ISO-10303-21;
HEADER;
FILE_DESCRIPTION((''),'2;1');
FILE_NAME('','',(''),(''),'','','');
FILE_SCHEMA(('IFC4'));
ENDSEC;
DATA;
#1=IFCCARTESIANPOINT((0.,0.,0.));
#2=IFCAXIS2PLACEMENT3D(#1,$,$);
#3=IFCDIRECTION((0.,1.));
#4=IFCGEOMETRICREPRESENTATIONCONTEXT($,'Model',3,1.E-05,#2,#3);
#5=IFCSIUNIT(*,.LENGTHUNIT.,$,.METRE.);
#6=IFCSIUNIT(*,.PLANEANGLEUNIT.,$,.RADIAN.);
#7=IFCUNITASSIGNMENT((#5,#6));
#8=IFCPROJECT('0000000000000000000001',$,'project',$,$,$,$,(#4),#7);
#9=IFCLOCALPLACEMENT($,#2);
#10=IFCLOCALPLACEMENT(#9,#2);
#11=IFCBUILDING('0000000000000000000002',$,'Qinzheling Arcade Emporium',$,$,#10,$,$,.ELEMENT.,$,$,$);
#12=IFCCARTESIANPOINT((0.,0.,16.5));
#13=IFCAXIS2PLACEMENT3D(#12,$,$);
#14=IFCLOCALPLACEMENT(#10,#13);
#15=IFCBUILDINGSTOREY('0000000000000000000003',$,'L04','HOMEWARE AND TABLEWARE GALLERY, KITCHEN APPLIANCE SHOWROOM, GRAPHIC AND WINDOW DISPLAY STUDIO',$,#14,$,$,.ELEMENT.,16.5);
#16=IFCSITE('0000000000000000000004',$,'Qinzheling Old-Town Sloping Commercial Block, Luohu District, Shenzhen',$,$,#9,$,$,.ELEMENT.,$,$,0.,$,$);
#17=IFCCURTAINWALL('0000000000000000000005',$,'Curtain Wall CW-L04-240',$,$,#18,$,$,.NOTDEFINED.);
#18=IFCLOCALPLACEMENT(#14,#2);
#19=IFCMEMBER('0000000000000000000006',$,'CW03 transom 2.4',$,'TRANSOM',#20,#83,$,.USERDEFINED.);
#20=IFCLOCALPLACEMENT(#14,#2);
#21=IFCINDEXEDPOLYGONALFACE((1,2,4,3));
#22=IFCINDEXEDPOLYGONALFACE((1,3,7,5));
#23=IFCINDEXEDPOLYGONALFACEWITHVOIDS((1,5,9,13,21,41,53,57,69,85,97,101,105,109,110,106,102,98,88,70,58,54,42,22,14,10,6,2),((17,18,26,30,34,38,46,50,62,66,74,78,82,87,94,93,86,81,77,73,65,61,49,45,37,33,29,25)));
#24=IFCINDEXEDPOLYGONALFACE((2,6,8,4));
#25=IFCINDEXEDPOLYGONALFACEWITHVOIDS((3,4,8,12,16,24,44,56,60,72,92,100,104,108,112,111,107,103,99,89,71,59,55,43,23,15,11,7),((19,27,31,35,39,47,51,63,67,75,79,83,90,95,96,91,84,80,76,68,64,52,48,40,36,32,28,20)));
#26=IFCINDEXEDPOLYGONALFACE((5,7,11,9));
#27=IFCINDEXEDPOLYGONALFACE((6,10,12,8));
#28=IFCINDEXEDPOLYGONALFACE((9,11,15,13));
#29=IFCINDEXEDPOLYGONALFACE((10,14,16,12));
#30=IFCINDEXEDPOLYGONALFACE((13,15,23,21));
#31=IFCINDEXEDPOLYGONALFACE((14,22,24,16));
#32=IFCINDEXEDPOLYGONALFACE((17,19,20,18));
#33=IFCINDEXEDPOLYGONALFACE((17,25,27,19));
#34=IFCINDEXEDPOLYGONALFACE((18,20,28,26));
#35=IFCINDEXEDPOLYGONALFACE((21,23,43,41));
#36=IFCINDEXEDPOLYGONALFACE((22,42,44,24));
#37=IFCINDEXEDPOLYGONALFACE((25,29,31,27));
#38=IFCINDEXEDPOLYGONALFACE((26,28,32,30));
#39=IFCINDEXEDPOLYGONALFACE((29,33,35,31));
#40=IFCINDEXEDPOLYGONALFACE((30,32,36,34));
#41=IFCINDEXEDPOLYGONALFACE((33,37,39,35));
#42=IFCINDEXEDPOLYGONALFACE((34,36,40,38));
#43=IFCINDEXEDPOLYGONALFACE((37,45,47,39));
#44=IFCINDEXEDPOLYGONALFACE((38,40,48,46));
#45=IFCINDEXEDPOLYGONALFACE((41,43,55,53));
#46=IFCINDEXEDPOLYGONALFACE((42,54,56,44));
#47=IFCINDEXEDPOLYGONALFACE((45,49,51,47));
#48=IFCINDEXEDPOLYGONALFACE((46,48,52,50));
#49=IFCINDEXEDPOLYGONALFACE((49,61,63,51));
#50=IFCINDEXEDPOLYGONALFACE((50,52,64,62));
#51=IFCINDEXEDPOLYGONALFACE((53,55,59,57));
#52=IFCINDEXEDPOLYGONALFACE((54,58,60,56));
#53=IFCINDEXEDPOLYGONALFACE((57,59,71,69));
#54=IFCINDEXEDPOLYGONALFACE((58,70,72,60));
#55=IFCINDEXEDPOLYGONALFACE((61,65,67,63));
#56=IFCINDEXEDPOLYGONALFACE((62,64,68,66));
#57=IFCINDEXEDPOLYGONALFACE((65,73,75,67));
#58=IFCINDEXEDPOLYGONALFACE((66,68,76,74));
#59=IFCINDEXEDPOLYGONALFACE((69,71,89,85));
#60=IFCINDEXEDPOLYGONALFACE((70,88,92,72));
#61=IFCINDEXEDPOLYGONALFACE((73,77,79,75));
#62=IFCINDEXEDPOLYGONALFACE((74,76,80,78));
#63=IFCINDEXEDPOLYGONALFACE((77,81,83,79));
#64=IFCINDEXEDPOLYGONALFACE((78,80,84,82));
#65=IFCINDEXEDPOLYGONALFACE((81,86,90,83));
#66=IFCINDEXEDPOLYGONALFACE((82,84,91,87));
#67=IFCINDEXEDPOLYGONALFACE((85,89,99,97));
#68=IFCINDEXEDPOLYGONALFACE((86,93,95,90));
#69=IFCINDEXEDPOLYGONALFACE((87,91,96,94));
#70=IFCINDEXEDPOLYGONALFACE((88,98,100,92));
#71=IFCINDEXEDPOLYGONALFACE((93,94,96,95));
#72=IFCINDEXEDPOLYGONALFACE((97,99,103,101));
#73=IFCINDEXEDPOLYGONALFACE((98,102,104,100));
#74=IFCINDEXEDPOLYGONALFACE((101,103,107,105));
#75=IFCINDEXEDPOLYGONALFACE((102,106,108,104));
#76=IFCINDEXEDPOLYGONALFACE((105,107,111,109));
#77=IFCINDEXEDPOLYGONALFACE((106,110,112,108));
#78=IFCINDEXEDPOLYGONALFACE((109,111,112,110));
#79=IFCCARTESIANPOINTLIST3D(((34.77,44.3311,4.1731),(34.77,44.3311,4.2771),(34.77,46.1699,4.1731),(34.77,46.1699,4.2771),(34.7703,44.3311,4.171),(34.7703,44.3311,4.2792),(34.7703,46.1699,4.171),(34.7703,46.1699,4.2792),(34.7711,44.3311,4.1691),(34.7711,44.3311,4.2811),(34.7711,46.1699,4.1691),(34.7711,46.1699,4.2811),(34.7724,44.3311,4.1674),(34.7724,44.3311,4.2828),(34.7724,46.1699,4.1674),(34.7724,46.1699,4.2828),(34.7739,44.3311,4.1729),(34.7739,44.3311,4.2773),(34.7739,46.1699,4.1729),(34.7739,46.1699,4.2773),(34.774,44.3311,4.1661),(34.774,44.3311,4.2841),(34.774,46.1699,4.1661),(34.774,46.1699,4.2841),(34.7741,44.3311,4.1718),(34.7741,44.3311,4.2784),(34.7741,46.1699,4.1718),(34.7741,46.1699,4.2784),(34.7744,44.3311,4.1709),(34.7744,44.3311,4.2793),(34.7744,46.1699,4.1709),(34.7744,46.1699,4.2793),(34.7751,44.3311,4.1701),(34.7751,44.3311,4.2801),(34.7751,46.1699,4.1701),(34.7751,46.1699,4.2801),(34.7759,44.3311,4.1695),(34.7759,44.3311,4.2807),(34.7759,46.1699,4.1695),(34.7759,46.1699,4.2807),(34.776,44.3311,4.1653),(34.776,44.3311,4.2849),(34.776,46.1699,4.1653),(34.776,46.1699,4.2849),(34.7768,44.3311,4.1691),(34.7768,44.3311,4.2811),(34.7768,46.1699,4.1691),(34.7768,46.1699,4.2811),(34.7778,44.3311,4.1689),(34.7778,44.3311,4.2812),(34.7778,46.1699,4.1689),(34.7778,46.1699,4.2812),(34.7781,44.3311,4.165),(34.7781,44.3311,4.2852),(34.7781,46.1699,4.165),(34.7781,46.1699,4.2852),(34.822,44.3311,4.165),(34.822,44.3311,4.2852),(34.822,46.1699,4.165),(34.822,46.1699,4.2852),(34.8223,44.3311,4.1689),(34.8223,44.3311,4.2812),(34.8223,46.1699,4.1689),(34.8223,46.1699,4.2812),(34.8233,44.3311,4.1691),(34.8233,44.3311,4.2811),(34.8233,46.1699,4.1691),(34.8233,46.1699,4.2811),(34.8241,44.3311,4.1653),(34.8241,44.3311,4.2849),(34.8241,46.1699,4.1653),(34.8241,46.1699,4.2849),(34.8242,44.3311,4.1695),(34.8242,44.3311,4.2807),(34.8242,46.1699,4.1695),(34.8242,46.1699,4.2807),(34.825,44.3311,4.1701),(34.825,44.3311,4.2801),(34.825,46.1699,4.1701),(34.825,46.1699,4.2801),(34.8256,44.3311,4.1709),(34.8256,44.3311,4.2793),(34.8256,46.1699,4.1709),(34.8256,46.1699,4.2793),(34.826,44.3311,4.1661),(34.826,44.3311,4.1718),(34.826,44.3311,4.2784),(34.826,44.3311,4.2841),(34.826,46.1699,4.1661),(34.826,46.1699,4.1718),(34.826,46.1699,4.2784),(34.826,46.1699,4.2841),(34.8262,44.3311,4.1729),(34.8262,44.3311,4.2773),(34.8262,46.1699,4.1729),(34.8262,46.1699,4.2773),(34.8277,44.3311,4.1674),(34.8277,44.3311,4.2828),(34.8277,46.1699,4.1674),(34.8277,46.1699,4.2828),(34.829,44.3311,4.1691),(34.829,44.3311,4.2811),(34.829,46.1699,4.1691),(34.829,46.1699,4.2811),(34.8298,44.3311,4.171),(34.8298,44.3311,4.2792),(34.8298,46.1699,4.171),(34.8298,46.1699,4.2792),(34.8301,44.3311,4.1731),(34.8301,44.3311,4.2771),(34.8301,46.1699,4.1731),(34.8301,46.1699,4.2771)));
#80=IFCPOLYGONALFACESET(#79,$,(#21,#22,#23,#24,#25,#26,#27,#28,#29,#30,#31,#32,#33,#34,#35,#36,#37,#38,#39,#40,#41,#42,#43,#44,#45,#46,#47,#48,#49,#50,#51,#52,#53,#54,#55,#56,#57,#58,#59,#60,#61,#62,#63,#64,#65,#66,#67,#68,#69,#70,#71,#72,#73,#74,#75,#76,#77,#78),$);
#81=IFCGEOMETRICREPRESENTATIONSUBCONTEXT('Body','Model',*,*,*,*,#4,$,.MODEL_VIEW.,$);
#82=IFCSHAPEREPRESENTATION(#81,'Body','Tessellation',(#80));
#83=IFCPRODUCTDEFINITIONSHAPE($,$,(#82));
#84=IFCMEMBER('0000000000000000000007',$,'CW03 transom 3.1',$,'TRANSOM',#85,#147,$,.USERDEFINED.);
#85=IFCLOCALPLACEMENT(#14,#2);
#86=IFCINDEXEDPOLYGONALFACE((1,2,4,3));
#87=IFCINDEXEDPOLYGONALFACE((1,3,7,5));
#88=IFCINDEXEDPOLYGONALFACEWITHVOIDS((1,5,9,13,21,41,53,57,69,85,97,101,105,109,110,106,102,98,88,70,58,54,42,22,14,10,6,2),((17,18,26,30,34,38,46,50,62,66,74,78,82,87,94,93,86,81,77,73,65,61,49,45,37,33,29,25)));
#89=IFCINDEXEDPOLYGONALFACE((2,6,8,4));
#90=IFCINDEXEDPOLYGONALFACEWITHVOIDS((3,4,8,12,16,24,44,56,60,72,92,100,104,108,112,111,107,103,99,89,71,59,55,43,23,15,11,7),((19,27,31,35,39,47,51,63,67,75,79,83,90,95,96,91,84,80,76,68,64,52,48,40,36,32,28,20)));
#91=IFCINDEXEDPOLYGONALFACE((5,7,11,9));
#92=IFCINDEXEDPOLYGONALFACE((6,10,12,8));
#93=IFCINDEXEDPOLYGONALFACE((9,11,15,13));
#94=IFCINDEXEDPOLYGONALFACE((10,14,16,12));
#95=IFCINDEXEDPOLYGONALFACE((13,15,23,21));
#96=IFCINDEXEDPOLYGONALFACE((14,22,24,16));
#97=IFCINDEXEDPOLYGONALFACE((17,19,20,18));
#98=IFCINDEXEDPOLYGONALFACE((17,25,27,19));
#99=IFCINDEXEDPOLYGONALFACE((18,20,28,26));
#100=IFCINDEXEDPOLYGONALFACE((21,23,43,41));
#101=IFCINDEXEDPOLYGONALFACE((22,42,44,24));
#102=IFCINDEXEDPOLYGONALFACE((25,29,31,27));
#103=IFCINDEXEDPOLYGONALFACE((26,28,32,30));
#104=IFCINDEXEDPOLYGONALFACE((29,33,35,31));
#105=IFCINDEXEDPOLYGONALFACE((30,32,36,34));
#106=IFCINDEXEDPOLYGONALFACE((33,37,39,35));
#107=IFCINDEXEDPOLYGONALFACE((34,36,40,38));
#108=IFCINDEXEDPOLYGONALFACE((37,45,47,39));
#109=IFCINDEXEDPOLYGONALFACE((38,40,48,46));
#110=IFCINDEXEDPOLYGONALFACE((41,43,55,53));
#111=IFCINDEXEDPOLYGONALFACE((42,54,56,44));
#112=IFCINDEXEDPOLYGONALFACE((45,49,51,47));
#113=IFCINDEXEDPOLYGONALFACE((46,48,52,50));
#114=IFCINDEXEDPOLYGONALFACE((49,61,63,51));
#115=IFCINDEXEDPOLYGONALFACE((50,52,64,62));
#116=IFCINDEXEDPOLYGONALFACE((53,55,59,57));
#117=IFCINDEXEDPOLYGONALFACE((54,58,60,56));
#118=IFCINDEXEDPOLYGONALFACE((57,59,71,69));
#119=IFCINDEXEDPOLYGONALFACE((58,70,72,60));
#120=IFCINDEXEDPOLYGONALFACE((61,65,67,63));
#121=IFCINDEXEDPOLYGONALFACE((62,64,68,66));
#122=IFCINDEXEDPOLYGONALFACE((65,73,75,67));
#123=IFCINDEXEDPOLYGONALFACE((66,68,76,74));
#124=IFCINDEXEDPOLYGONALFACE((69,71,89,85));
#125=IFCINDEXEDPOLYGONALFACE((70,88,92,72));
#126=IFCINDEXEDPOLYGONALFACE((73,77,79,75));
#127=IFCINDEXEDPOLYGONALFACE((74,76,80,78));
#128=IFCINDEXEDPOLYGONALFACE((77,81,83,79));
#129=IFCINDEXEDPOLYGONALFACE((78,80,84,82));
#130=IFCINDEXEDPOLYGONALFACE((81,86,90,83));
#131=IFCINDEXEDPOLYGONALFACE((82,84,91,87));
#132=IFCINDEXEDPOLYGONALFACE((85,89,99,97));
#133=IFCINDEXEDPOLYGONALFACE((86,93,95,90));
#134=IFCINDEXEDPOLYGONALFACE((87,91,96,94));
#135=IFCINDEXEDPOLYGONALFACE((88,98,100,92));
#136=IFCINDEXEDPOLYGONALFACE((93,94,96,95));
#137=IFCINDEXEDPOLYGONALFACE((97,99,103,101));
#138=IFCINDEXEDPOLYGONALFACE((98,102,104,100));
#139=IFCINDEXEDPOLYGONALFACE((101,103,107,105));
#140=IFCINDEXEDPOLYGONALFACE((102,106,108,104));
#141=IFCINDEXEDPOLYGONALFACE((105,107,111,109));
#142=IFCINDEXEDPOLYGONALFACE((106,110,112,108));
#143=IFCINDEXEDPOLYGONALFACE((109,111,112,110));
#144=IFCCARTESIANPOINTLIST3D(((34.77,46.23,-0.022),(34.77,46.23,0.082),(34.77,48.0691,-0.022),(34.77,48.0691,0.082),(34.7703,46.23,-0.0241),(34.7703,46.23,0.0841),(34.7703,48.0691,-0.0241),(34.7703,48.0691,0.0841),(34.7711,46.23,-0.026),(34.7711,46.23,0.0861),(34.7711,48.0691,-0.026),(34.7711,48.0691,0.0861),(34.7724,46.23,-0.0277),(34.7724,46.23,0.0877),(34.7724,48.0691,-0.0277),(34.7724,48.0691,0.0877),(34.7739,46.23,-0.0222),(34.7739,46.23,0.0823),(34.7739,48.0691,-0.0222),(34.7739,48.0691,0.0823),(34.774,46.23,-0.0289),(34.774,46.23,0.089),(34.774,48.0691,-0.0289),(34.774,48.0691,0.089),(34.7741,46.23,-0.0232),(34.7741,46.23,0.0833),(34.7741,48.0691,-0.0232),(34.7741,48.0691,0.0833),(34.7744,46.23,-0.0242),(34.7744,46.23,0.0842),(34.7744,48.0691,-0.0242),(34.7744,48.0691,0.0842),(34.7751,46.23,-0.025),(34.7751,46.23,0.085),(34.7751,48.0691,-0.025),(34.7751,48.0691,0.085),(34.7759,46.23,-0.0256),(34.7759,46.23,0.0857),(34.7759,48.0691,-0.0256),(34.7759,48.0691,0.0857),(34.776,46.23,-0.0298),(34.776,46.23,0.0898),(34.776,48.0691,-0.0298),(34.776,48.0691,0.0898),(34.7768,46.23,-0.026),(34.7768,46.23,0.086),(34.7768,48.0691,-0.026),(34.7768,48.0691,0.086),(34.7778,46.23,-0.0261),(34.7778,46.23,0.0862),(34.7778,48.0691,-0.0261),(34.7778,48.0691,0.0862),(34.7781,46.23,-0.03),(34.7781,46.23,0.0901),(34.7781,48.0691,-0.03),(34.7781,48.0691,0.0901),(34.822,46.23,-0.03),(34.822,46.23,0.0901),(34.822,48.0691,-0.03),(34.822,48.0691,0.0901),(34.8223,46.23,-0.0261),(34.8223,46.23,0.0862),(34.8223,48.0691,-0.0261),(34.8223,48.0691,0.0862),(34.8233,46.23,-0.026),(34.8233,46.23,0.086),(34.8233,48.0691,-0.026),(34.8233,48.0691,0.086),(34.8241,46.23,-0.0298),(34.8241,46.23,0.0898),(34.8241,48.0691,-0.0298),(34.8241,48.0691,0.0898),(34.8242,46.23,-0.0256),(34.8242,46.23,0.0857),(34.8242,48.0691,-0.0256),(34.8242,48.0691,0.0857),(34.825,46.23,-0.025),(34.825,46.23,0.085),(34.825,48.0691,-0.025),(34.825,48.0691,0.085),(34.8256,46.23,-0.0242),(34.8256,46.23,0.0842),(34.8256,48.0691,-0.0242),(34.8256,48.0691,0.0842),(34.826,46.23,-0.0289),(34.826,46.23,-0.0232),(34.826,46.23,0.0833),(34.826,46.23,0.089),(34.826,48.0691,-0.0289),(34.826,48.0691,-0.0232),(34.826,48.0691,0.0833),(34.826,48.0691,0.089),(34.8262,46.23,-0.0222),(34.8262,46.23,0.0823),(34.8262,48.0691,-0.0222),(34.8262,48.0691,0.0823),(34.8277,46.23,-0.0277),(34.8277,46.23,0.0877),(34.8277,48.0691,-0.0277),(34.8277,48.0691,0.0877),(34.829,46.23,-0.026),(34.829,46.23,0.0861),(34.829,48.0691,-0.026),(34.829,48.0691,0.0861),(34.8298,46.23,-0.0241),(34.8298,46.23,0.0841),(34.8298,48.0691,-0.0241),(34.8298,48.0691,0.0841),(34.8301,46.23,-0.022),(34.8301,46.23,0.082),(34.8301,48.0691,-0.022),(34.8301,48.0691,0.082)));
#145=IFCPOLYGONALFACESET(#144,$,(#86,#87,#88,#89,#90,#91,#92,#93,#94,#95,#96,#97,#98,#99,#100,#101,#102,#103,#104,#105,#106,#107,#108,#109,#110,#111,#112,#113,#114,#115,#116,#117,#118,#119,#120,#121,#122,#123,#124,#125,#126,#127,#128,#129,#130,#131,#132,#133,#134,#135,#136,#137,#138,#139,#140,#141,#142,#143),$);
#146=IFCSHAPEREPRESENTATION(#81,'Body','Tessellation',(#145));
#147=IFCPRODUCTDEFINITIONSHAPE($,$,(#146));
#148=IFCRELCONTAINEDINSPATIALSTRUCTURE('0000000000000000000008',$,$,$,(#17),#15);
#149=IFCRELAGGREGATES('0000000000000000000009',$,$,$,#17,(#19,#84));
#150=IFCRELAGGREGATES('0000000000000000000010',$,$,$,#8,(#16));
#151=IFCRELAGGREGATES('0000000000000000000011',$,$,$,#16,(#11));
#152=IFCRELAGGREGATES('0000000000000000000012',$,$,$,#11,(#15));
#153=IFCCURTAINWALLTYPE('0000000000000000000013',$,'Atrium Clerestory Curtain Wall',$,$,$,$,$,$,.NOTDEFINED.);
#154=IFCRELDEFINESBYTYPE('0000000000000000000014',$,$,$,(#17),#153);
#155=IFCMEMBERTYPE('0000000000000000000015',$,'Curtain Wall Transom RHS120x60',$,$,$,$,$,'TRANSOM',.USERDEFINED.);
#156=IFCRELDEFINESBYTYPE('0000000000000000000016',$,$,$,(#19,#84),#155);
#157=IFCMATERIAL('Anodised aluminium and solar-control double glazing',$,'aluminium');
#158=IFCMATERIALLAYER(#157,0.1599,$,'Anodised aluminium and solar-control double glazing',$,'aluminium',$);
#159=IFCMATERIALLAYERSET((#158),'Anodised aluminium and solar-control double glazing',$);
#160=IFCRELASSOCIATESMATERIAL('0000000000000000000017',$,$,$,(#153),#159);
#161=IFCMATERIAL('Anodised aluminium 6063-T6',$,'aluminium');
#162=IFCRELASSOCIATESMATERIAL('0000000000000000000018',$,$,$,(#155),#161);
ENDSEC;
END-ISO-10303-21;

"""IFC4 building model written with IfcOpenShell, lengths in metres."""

from ifc_helpers import new_model, si_unit, direction, frame, origin, origin_2d, place, context, subcontext, project, spatial, hollow_rectangle, extrude, material, layer, layer_set, material_profile, profile_set, type_object, element, aggregate, save


model = new_model("IFC4")

# Units and contexts
model_context = context("Model", 3, precision=1e-05, world=origin(), true_north=direction((0.0, 1.0)))
body_context = subcontext(model_context, "Body", "Model", "MODEL_VIEW")
ifc_project = project(units=[si_unit("LENGTHUNIT", "METRE"), si_unit("PLANEANGLEUNIT", "RADIAN")], contexts=[model_context])

# Site, building, storey
site_placement = place(None, origin())
site = spatial("IfcSite", under=ifc_project, at=site_placement, Name="Qinzheling Old-Town Sloping Commercial Block, Luohu District, Shenzhen", CompositionType="ELEMENT", RefElevation=0.0)
building_placement = place(site_placement, origin())
building = spatial("IfcBuilding", under=site, at=building_placement, Name="Qinzheling Arcade Emporium", CompositionType="ELEMENT")
storey_placement = place(building_placement, frame((0.0, 0.0, 16.5)))
storey = spatial("IfcBuildingStorey", under=building, at=storey_placement, Name="L04", Description="HOMEWARE AND TABLEWARE GALLERY, KITCHEN APPLIANCE SHOWROOM, GRAPHIC AND WINDOW DISPLAY STUDIO", CompositionType="ELEMENT", Elevation=16.5)

# Curtain wall
ifc_material_1 = material(Name="Anodised aluminium and solar-control double glazing", Category="aluminium")
ifc_layer_1 = layer(ifc_material_1, 0.1599, Name="Anodised aluminium and solar-control double glazing", Category="aluminium")
ifc_layer_set_1 = layer_set([ifc_layer_1], Name="Anodised aluminium and solar-control double glazing")
curtain_wall_type = type_object("IfcCurtainWallType", Name="Atrium Clerestory Curtain Wall", PredefinedType="NOTDEFINED", material=ifc_layer_set_1)
curtain_wall_1_placement = place(storey_placement, origin())
curtain_wall_1 = element("IfcCurtainWall", 1, at=curtain_wall_1_placement, inside=storey, type_object=curtain_wall_type, Name="Curtain Wall CW-L04-240", PredefinedType="NOTDEFINED")
ifc_material_2 = material(Name="Anodised aluminium 6063-T6", Category="aluminium")

# Members
ifc_material_profile_1 = material_profile(ifc_material_2, hollow_rectangle(XDim=0.0601, YDim=0.1201, WallThickness=0.0039, InnerFilletRadius=0.0039, OuterFilletRadius=0.0081, at=origin_2d()), Name="RHS 120x60x4", Category="aluminium")
ifc_profile_set_1 = profile_set([ifc_material_profile_1], Name="Anodised aluminium 6063-T6")
member_type_1 = type_object("IfcMemberType", Name="Curtain Wall Transom RHS120x60", ElementType="TRANSOM", PredefinedType="USERDEFINED", material=ifc_profile_set_1)
member_1_placement = place(storey_placement, frame((34.8, 44.3311, 4.2251), z_axis=(0.0, 1.0, 0.0), x_axis=(-1.0, 0.0, 0.0)))
member_1 = element("IfcMember", 2, at=member_1_placement, type_object=member_type_1, Name="CW03 transom 2.4", ObjectType="TRANSOM", PredefinedType="USERDEFINED", context=body_context, shape_type="SweptSolid", body=[
    extrude(hollow_rectangle(XDim=0.0601, YDim=0.1201, WallThickness=0.0039, InnerFilletRadius=0.0039, OuterFilletRadius=0.0081, at=origin_2d()), origin(), (0.0, 0.0, 1.0), 1.8389),
])
member_2_placement = place(storey_placement, frame((34.8, 46.23, 0.03), z_axis=(0.0, 1.0, 0.0), x_axis=(-1.0, 0.0, 0.0)))
member_2 = element("IfcMember", 3, at=member_2_placement, type_object=member_type_1, Name="CW03 transom 3.1", ObjectType="TRANSOM", PredefinedType="USERDEFINED", context=body_context, shape_type="SweptSolid", body=[
    extrude(hollow_rectangle(XDim=0.0601, YDim=0.1201, WallThickness=0.0039, InnerFilletRadius=0.0039, OuterFilletRadius=0.0081, at=origin_2d()), origin(), (0.0, 0.0, 1.0), 1.8391),
])

aggregate(curtain_wall_1, [member_1, member_2])

save(model, "model.ifc")
